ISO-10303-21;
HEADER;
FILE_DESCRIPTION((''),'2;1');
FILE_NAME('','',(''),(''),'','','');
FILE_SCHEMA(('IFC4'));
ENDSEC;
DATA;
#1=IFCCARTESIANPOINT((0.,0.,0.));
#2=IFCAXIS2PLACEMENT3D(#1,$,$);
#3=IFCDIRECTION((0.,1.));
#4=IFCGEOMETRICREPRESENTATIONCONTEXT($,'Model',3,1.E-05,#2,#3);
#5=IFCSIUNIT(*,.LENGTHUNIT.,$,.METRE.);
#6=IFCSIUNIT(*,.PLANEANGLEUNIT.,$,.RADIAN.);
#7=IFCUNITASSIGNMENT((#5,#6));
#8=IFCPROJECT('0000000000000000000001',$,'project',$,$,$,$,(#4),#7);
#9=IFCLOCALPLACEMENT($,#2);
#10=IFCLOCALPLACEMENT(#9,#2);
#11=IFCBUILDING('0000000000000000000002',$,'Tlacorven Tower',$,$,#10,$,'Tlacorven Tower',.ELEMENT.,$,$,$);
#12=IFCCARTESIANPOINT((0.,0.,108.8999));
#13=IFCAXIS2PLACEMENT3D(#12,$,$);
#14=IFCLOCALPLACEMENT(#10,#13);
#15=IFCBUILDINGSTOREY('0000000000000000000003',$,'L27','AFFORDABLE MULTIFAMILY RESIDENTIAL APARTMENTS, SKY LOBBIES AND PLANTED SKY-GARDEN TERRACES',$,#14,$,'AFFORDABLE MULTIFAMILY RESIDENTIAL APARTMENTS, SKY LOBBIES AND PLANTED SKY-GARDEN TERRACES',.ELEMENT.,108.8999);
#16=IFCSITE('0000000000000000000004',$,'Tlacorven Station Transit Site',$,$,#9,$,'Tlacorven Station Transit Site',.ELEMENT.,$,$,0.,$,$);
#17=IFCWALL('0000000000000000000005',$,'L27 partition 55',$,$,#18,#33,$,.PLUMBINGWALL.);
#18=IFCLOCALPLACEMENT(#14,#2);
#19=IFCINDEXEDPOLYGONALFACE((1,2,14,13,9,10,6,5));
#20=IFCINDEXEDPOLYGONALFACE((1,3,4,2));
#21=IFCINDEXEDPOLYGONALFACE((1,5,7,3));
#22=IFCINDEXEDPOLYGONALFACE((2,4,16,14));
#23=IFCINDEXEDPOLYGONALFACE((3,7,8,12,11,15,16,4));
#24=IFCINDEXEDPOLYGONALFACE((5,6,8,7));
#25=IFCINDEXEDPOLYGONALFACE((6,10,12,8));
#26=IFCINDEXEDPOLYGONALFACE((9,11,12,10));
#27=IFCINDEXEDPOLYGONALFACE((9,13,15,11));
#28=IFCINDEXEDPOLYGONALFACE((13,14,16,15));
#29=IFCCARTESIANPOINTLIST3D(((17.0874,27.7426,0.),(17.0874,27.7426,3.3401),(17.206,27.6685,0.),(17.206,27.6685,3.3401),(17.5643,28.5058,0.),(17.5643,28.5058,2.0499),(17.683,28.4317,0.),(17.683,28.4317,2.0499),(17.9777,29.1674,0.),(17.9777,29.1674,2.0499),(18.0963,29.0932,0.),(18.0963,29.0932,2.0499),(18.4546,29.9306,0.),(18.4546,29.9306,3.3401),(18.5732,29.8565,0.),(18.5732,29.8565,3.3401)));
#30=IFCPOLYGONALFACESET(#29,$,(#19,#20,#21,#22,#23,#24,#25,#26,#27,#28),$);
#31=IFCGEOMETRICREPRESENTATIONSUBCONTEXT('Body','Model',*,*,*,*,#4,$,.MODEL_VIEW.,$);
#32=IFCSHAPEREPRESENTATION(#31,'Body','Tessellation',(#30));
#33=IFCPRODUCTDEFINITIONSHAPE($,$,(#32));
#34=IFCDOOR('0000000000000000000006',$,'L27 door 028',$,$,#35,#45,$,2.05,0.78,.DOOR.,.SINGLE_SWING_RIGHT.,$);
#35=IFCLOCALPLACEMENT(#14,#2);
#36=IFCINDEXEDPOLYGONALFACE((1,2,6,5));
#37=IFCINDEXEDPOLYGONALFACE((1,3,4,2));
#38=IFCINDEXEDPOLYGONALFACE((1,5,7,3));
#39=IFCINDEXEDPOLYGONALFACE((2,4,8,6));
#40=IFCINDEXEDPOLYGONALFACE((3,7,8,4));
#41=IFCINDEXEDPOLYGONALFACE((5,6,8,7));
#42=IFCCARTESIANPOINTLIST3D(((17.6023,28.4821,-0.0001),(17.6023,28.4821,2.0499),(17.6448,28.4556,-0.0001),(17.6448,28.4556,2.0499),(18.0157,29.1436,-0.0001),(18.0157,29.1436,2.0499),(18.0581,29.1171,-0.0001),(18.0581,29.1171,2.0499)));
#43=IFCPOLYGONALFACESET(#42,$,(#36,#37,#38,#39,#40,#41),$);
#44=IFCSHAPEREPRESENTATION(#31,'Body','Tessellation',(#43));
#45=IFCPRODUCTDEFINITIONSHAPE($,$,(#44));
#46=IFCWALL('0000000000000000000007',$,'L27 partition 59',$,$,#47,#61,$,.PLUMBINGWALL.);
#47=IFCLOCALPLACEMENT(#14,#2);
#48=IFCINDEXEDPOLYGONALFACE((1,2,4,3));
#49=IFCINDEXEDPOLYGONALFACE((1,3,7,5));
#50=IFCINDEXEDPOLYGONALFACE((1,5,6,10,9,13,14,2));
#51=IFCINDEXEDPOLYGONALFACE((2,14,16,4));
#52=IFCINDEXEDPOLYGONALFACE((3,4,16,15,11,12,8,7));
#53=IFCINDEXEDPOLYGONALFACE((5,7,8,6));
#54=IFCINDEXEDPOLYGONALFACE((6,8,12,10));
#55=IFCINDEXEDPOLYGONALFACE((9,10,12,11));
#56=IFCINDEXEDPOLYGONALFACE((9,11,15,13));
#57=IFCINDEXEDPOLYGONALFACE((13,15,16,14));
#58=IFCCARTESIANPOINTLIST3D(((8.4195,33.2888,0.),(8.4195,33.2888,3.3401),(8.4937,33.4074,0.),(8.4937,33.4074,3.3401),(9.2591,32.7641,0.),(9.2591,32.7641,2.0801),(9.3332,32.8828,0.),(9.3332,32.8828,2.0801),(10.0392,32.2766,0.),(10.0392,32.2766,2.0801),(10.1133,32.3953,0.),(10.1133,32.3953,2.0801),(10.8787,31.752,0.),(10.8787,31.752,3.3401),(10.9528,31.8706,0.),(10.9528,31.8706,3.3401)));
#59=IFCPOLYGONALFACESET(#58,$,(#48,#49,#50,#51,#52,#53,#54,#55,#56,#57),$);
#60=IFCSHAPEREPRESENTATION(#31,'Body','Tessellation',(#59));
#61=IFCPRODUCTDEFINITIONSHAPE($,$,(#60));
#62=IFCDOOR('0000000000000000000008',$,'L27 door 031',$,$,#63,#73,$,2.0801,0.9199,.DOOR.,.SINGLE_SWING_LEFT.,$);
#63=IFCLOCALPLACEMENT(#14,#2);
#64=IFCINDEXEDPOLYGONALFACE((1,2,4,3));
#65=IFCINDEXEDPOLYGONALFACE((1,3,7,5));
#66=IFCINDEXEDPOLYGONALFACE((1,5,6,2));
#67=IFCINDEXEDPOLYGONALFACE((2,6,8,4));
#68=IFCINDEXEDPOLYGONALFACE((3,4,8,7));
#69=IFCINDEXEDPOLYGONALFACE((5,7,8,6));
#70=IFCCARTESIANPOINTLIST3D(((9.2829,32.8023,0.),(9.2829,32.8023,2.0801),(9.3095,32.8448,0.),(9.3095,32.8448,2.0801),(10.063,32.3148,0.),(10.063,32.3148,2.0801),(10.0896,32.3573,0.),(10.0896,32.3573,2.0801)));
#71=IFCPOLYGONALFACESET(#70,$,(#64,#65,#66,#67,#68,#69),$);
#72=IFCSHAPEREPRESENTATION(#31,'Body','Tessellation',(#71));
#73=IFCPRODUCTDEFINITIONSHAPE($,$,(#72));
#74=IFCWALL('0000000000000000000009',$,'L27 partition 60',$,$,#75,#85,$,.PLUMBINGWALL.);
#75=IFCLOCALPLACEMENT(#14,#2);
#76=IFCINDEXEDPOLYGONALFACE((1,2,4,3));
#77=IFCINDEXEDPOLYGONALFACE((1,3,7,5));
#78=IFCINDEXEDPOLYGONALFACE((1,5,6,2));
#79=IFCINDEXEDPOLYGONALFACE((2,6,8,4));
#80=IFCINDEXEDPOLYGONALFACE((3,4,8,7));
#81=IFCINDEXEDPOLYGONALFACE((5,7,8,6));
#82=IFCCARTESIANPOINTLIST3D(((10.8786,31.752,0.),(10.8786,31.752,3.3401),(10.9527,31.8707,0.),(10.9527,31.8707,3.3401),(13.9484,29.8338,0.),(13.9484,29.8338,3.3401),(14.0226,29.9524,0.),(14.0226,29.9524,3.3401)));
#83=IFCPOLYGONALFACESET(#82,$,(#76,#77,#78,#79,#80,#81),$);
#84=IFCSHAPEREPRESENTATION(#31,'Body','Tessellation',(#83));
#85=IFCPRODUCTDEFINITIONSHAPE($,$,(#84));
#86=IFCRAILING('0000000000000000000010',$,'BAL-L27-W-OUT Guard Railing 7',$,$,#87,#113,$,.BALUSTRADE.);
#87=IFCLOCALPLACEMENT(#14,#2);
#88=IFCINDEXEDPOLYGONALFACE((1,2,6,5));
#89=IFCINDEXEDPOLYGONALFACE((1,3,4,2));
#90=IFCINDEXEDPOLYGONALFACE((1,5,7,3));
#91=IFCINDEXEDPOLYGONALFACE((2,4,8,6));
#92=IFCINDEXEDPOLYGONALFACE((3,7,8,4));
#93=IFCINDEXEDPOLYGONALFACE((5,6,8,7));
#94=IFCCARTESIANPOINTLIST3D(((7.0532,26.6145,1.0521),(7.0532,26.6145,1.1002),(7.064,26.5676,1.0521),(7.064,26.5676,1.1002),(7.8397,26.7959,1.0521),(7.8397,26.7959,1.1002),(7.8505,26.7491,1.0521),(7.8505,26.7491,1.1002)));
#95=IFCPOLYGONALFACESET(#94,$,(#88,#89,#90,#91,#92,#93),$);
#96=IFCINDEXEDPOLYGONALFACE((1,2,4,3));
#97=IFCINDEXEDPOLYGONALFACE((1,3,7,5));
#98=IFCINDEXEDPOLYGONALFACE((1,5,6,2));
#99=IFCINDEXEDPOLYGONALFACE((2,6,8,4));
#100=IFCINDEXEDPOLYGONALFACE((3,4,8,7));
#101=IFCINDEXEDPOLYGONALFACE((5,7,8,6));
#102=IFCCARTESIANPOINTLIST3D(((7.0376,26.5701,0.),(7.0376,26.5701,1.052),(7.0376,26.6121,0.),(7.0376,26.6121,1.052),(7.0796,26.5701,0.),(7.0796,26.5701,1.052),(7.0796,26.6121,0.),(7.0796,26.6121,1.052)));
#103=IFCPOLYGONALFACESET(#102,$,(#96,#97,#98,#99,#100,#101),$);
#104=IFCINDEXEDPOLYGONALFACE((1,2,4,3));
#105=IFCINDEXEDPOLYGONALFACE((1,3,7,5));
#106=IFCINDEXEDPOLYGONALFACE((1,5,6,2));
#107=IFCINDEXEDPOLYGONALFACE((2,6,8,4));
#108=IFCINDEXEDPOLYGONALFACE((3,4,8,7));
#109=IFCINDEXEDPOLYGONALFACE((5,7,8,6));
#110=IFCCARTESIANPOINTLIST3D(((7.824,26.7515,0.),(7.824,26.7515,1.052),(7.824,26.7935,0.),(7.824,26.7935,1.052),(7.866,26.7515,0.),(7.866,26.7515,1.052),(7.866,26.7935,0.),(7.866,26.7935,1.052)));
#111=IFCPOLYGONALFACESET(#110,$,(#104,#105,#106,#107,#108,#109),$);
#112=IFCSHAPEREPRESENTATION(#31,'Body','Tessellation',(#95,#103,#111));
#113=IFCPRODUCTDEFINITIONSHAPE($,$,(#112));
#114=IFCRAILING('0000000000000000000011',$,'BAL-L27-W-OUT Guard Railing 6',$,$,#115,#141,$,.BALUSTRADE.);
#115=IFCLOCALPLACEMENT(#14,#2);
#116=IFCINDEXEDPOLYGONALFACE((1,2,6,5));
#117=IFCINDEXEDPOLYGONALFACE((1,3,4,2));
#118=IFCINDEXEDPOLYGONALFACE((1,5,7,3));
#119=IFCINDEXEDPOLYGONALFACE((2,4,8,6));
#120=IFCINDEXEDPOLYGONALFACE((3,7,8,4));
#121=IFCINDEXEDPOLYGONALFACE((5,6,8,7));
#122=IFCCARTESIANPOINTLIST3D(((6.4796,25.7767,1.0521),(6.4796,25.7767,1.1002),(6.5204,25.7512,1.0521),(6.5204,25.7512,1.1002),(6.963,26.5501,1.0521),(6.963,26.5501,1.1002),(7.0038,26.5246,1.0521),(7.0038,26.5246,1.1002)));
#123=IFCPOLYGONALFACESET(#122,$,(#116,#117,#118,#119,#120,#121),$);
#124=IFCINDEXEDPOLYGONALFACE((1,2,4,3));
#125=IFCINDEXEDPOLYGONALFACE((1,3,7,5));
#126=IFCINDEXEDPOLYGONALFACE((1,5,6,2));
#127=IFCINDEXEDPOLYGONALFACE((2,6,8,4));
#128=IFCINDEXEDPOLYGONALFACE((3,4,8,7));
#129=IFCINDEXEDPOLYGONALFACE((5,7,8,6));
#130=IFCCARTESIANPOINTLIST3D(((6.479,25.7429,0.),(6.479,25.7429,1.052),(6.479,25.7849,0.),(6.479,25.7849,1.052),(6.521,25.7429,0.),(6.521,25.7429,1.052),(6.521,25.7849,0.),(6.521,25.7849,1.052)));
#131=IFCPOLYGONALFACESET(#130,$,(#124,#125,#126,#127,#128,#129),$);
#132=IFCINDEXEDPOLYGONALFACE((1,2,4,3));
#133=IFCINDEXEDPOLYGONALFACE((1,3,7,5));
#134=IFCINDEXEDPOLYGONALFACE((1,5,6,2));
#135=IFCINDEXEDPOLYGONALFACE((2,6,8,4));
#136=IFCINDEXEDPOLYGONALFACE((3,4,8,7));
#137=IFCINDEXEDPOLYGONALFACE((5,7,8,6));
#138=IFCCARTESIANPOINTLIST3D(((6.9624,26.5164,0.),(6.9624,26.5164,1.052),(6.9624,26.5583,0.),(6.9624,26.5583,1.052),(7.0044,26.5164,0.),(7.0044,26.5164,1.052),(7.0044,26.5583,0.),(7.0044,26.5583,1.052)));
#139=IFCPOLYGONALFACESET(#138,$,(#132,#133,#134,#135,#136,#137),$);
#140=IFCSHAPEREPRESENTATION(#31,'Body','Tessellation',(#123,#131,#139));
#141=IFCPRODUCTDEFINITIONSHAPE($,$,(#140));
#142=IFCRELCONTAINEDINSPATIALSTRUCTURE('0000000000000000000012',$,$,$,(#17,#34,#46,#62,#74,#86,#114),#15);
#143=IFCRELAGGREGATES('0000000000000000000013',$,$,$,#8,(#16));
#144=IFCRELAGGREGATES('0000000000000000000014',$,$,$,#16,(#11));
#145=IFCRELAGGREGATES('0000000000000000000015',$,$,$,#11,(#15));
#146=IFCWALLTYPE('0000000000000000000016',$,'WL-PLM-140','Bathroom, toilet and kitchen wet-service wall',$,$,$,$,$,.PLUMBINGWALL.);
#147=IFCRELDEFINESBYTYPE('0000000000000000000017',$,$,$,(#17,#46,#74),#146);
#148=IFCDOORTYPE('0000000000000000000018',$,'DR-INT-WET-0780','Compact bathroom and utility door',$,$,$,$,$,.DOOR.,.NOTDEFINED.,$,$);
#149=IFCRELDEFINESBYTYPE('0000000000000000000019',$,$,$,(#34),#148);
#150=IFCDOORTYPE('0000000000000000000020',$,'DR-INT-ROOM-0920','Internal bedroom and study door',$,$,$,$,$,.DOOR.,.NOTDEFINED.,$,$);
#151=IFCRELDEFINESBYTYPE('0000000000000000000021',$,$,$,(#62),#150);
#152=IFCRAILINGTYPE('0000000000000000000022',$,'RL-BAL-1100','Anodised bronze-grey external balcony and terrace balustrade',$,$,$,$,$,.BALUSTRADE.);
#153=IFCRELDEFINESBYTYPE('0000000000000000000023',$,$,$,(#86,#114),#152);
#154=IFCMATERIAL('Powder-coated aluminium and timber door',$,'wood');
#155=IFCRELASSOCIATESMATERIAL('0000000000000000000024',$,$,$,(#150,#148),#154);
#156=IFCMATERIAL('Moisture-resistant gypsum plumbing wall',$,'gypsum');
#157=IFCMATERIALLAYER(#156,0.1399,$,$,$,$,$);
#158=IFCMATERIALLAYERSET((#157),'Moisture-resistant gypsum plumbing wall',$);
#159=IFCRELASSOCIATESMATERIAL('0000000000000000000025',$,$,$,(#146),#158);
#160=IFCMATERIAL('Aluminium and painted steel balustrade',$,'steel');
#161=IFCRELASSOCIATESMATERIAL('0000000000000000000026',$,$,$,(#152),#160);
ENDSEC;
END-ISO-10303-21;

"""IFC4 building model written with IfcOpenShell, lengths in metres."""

from ifc_helpers import new_model, si_unit, direction, frame, frame_2d, origin, origin_2d, place, context, subcontext, project, spatial, rectangle, extrude, source, transform, mapped, material, layer, layer_set, type_object, element, fill, save


model = new_model("IFC4")

# Units and contexts
model_context = context("Model", 3, precision=1e-05, world=origin(), true_north=direction((0.0, 1.0)))
body_context = subcontext(model_context, "Body", "Model", "MODEL_VIEW")
ifc_project = project(units=[si_unit("LENGTHUNIT", "METRE"), si_unit("PLANEANGLEUNIT", "RADIAN")], contexts=[model_context])

# Site, building, storey
site_placement = place(None, origin())
site = spatial("IfcSite", under=ifc_project, at=site_placement, Name="Tlacorven Station Transit Site", LongName="Tlacorven Station Transit Site", CompositionType="ELEMENT", RefElevation=0.0)
building_placement = place(site_placement, origin())
building = spatial("IfcBuilding", under=site, at=building_placement, Name="Tlacorven Tower", LongName="Tlacorven Tower", CompositionType="ELEMENT")
storey_placement = place(building_placement, frame((0.0, 0.0, 108.8999)))
storey = spatial("IfcBuildingStorey", under=building, at=storey_placement, Name="L27", Description="AFFORDABLE MULTIFAMILY RESIDENTIAL APARTMENTS, SKY LOBBIES AND PLANTED SKY-GARDEN TERRACES", LongName="AFFORDABLE MULTIFAMILY RESIDENTIAL APARTMENTS, SKY LOBBIES AND PLANTED SKY-GARDEN TERRACES", CompositionType="ELEMENT", Elevation=108.8999)

# Walls, openings, doors
ifc_material_1 = material(Name="Powder-coated aluminium and timber door", Category="wood")
door_type_1 = type_object("IfcDoorType", Name="DR-INT-ROOM-0920", Description="Internal bedroom and study door", OperationType="NOTDEFINED", PredefinedType="DOOR", material=ifc_material_1)
shared_shape_1 = source(origin(), body_context, "Body", "SweptSolid", [
    extrude(rectangle(XDim=0.9199, YDim=2.0801, at=frame_2d((0.46, 1.04))), frame((0.0, 0.0249, 0.0), z_axis=(0.0, -1.0, 0.0), x_axis=(1.0, 0.0, 0.0)), (0.0, 0.0, 1.0), 0.05),
])
ifc_material_2 = material(Name="Moisture-resistant gypsum plumbing wall", Category="gypsum")
ifc_layer_1 = layer(ifc_material_2, 0.1399)
ifc_layer_set_1 = layer_set([ifc_layer_1], Name="Moisture-resistant gypsum plumbing wall")
wall_type_1 = type_object("IfcWallType", Name="WL-PLM-140", Description="Bathroom, toilet and kitchen wet-service wall", PredefinedType="PLUMBINGWALL", material=ifc_layer_set_1)
door_type_2 = type_object("IfcDoorType", Name="DR-INT-WET-0780", Description="Compact bathroom and utility door", OperationType="NOTDEFINED", PredefinedType="DOOR", material=ifc_material_1)
shared_shape_2 = source(origin(), body_context, "Body", "SweptSolid", [
    extrude(rectangle(XDim=0.78, YDim=2.05, at=frame_2d((0.3901, 1.0249))), frame((0.0, 0.0249, 0.0), z_axis=(0.0, -1.0, 0.0), x_axis=(1.0, 0.0, 0.0)), (0.0, 0.0, 1.0), 0.05),
])
wall_1_placement = place(storey_placement, frame((18.5139, 29.8936, 0.0), z_axis=(0.0, 0.0, 1.0), x_axis=(-0.529914, -0.848051, 0.0)))
wall_1 = element("IfcWall", 1, at=wall_1_placement, inside=storey, type_object=wall_type_1, Name="L27 partition 55", PredefinedType="PLUMBINGWALL", context=body_context, shape_type="SweptSolid", body=[
    extrude(rectangle(XDim=2.5801, YDim=0.1399, at=frame_2d((1.29, 0.0))), origin(), (0.0, 0.0, 1.0), 3.3401),
])
opening_1_placement = place(wall_1_placement, frame((0.8999, 0.0, 0.0)))
opening_1 = element("IfcOpeningElement", 2, at=opening_1_placement, cuts=wall_1, PredefinedType="OPENING", context=body_context, shape_type="SweptSolid", body=[
    extrude(rectangle(XDim=0.78, YDim=2.05, at=frame_2d((0.3901, 1.0249))), frame((0.0, 0.0801, 0.0), z_axis=(0.0, -1.0, 0.0), x_axis=(1.0, 0.0, 0.0)), (0.0, 0.0, 1.0), 0.1599),
])
door_1_placement = place(opening_1_placement, origin())
door_1 = element("IfcDoor", 3, at=door_1_placement, inside=storey, type_object=door_type_2, Name="L27 door 028", OperationType="SINGLE_SWING_RIGHT", OverallHeight=2.05, OverallWidth=0.78, PredefinedType="DOOR", context=body_context, shape_type="MappedRepresentation", body=[
    mapped(shared_shape_2, transform((0.0, 0.0, 0.0), scale=1.0)),
])
fill(opening_1, door_1)
wall_2_placement = place(storey_placement, frame((10.9158, 31.8113, 0.0), z_axis=(0.0, 0.0, 1.0), x_axis=(-0.848022, 0.529961, 0.0)))
wall_2 = element("IfcWall", 4, at=wall_2_placement, inside=storey, type_object=wall_type_1, Name="L27 partition 59", PredefinedType="PLUMBINGWALL", context=body_context, shape_type="SweptSolid", body=[
    extrude(rectangle(XDim=2.8999, YDim=0.1399, at=frame_2d((1.45, 0.0))), origin(), (0.0, 0.0, 1.0), 3.3401),
])
opening_2_placement = place(wall_2_placement, frame((0.99, 0.0, 0.0)))
opening_2 = element("IfcOpeningElement", 5, at=opening_2_placement, cuts=wall_2, PredefinedType="OPENING", context=body_context, shape_type="SweptSolid", body=[
    extrude(rectangle(XDim=0.9199, YDim=2.0801, at=frame_2d((0.46, 1.04))), frame((0.0, 0.0801, 0.0), z_axis=(0.0, -1.0, 0.0), x_axis=(1.0, 0.0, 0.0)), (0.0, 0.0, 1.0), 0.1599),
])
door_2_placement = place(opening_2_placement, origin())
door_2 = element("IfcDoor", 6, at=door_2_placement, inside=storey, type_object=door_type_1, Name="L27 door 031", OperationType="SINGLE_SWING_LEFT", OverallHeight=2.0801, OverallWidth=0.9199, PredefinedType="DOOR", context=body_context, shape_type="MappedRepresentation", body=[
    mapped(shared_shape_1, transform((0.0, 0.0, 0.0), scale=1.0)),
])
fill(opening_2, door_2)

# Wall
wall_3_placement = place(storey_placement, frame((13.9856, 29.8931, 0.0), z_axis=(0.0, 0.0, 1.0), x_axis=(-0.848051, 0.529914, 0.0)))
element("IfcWall", 7, at=wall_3_placement, inside=storey, type_object=wall_type_1, Name="L27 partition 60", PredefinedType="PLUMBINGWALL", context=body_context, shape_type="SweptSolid", body=[
    extrude(rectangle(XDim=3.6199, YDim=0.1399, at=frame_2d((1.8101, 0.0))), origin(), (0.0, 0.0, 1.0), 3.3401),
])

# Railings
ifc_material_3 = material(Name="Aluminium and painted steel balustrade", Category="steel")
railing_type = type_object("IfcRailingType", Name="RL-BAL-1100", Description="Anodised bronze-grey external balcony and terrace balustrade", PredefinedType="BALUSTRADE", material=ifc_material_3)
shared_shape_3 = source(origin(), body_context, "Body", "SweptSolid", [
    extrude(rectangle(XDim=0.0481, YDim=0.0481, at=origin_2d()), frame((0.0, 0.0, 1.0762), z_axis=(0.974412, 0.224771, 0.0), x_axis=(-0.224771, 0.974412, 0.0)), (0.0, 0.0, 1.0), 0.8071),
    extrude(rectangle(XDim=0.042, YDim=0.042, at=origin_2d()), origin(), (0.0, 0.0, 1.0), 1.052),
    extrude(rectangle(XDim=0.042, YDim=0.042, at=origin_2d()), frame((0.7864, 0.1814, 0.0)), (0.0, 0.0, 1.0), 1.052),
])
railing_1_placement = place(storey_placement, frame((7.0586, 26.5911, 0.0)))
element("IfcRailing", 8, at=railing_1_placement, inside=storey, type_object=railing_type, Name="BAL-L27-W-OUT Guard Railing 7", PredefinedType="BALUSTRADE", context=body_context, shape_type="MappedRepresentation", body=[
    mapped(shared_shape_3, transform((0.0, 0.0, 0.0), scale=1.0)),
])
shared_shape_4 = source(origin(), body_context, "Body", "SweptSolid", [
    extrude(rectangle(XDim=0.0481, YDim=0.0481, at=origin_2d()), frame((0.0, 0.0, 1.0762), z_axis=(0.529999, 0.847998, 0.0), x_axis=(-0.847998, 0.529999, 0.0)), (0.0, 0.0, 1.0), 0.9121),
    extrude(rectangle(XDim=0.042, YDim=0.042, at=origin_2d()), origin(), (0.0, 0.0, 1.0), 1.052),
    extrude(rectangle(XDim=0.042, YDim=0.042, at=origin_2d()), frame((0.4834, 0.7734, 0.0)), (0.0, 0.0, 1.0), 1.052),
])
railing_2_placement = place(storey_placement, frame((6.5, 25.7639, 0.0)))
element("IfcRailing", 9, at=railing_2_placement, inside=storey, type_object=railing_type, Name="BAL-L27-W-OUT Guard Railing 6", PredefinedType="BALUSTRADE", context=body_context, shape_type="MappedRepresentation", body=[
    mapped(shared_shape_4, transform((0.0, 0.0, 0.0), scale=1.0)),
])

save(model, "model.ifc")
